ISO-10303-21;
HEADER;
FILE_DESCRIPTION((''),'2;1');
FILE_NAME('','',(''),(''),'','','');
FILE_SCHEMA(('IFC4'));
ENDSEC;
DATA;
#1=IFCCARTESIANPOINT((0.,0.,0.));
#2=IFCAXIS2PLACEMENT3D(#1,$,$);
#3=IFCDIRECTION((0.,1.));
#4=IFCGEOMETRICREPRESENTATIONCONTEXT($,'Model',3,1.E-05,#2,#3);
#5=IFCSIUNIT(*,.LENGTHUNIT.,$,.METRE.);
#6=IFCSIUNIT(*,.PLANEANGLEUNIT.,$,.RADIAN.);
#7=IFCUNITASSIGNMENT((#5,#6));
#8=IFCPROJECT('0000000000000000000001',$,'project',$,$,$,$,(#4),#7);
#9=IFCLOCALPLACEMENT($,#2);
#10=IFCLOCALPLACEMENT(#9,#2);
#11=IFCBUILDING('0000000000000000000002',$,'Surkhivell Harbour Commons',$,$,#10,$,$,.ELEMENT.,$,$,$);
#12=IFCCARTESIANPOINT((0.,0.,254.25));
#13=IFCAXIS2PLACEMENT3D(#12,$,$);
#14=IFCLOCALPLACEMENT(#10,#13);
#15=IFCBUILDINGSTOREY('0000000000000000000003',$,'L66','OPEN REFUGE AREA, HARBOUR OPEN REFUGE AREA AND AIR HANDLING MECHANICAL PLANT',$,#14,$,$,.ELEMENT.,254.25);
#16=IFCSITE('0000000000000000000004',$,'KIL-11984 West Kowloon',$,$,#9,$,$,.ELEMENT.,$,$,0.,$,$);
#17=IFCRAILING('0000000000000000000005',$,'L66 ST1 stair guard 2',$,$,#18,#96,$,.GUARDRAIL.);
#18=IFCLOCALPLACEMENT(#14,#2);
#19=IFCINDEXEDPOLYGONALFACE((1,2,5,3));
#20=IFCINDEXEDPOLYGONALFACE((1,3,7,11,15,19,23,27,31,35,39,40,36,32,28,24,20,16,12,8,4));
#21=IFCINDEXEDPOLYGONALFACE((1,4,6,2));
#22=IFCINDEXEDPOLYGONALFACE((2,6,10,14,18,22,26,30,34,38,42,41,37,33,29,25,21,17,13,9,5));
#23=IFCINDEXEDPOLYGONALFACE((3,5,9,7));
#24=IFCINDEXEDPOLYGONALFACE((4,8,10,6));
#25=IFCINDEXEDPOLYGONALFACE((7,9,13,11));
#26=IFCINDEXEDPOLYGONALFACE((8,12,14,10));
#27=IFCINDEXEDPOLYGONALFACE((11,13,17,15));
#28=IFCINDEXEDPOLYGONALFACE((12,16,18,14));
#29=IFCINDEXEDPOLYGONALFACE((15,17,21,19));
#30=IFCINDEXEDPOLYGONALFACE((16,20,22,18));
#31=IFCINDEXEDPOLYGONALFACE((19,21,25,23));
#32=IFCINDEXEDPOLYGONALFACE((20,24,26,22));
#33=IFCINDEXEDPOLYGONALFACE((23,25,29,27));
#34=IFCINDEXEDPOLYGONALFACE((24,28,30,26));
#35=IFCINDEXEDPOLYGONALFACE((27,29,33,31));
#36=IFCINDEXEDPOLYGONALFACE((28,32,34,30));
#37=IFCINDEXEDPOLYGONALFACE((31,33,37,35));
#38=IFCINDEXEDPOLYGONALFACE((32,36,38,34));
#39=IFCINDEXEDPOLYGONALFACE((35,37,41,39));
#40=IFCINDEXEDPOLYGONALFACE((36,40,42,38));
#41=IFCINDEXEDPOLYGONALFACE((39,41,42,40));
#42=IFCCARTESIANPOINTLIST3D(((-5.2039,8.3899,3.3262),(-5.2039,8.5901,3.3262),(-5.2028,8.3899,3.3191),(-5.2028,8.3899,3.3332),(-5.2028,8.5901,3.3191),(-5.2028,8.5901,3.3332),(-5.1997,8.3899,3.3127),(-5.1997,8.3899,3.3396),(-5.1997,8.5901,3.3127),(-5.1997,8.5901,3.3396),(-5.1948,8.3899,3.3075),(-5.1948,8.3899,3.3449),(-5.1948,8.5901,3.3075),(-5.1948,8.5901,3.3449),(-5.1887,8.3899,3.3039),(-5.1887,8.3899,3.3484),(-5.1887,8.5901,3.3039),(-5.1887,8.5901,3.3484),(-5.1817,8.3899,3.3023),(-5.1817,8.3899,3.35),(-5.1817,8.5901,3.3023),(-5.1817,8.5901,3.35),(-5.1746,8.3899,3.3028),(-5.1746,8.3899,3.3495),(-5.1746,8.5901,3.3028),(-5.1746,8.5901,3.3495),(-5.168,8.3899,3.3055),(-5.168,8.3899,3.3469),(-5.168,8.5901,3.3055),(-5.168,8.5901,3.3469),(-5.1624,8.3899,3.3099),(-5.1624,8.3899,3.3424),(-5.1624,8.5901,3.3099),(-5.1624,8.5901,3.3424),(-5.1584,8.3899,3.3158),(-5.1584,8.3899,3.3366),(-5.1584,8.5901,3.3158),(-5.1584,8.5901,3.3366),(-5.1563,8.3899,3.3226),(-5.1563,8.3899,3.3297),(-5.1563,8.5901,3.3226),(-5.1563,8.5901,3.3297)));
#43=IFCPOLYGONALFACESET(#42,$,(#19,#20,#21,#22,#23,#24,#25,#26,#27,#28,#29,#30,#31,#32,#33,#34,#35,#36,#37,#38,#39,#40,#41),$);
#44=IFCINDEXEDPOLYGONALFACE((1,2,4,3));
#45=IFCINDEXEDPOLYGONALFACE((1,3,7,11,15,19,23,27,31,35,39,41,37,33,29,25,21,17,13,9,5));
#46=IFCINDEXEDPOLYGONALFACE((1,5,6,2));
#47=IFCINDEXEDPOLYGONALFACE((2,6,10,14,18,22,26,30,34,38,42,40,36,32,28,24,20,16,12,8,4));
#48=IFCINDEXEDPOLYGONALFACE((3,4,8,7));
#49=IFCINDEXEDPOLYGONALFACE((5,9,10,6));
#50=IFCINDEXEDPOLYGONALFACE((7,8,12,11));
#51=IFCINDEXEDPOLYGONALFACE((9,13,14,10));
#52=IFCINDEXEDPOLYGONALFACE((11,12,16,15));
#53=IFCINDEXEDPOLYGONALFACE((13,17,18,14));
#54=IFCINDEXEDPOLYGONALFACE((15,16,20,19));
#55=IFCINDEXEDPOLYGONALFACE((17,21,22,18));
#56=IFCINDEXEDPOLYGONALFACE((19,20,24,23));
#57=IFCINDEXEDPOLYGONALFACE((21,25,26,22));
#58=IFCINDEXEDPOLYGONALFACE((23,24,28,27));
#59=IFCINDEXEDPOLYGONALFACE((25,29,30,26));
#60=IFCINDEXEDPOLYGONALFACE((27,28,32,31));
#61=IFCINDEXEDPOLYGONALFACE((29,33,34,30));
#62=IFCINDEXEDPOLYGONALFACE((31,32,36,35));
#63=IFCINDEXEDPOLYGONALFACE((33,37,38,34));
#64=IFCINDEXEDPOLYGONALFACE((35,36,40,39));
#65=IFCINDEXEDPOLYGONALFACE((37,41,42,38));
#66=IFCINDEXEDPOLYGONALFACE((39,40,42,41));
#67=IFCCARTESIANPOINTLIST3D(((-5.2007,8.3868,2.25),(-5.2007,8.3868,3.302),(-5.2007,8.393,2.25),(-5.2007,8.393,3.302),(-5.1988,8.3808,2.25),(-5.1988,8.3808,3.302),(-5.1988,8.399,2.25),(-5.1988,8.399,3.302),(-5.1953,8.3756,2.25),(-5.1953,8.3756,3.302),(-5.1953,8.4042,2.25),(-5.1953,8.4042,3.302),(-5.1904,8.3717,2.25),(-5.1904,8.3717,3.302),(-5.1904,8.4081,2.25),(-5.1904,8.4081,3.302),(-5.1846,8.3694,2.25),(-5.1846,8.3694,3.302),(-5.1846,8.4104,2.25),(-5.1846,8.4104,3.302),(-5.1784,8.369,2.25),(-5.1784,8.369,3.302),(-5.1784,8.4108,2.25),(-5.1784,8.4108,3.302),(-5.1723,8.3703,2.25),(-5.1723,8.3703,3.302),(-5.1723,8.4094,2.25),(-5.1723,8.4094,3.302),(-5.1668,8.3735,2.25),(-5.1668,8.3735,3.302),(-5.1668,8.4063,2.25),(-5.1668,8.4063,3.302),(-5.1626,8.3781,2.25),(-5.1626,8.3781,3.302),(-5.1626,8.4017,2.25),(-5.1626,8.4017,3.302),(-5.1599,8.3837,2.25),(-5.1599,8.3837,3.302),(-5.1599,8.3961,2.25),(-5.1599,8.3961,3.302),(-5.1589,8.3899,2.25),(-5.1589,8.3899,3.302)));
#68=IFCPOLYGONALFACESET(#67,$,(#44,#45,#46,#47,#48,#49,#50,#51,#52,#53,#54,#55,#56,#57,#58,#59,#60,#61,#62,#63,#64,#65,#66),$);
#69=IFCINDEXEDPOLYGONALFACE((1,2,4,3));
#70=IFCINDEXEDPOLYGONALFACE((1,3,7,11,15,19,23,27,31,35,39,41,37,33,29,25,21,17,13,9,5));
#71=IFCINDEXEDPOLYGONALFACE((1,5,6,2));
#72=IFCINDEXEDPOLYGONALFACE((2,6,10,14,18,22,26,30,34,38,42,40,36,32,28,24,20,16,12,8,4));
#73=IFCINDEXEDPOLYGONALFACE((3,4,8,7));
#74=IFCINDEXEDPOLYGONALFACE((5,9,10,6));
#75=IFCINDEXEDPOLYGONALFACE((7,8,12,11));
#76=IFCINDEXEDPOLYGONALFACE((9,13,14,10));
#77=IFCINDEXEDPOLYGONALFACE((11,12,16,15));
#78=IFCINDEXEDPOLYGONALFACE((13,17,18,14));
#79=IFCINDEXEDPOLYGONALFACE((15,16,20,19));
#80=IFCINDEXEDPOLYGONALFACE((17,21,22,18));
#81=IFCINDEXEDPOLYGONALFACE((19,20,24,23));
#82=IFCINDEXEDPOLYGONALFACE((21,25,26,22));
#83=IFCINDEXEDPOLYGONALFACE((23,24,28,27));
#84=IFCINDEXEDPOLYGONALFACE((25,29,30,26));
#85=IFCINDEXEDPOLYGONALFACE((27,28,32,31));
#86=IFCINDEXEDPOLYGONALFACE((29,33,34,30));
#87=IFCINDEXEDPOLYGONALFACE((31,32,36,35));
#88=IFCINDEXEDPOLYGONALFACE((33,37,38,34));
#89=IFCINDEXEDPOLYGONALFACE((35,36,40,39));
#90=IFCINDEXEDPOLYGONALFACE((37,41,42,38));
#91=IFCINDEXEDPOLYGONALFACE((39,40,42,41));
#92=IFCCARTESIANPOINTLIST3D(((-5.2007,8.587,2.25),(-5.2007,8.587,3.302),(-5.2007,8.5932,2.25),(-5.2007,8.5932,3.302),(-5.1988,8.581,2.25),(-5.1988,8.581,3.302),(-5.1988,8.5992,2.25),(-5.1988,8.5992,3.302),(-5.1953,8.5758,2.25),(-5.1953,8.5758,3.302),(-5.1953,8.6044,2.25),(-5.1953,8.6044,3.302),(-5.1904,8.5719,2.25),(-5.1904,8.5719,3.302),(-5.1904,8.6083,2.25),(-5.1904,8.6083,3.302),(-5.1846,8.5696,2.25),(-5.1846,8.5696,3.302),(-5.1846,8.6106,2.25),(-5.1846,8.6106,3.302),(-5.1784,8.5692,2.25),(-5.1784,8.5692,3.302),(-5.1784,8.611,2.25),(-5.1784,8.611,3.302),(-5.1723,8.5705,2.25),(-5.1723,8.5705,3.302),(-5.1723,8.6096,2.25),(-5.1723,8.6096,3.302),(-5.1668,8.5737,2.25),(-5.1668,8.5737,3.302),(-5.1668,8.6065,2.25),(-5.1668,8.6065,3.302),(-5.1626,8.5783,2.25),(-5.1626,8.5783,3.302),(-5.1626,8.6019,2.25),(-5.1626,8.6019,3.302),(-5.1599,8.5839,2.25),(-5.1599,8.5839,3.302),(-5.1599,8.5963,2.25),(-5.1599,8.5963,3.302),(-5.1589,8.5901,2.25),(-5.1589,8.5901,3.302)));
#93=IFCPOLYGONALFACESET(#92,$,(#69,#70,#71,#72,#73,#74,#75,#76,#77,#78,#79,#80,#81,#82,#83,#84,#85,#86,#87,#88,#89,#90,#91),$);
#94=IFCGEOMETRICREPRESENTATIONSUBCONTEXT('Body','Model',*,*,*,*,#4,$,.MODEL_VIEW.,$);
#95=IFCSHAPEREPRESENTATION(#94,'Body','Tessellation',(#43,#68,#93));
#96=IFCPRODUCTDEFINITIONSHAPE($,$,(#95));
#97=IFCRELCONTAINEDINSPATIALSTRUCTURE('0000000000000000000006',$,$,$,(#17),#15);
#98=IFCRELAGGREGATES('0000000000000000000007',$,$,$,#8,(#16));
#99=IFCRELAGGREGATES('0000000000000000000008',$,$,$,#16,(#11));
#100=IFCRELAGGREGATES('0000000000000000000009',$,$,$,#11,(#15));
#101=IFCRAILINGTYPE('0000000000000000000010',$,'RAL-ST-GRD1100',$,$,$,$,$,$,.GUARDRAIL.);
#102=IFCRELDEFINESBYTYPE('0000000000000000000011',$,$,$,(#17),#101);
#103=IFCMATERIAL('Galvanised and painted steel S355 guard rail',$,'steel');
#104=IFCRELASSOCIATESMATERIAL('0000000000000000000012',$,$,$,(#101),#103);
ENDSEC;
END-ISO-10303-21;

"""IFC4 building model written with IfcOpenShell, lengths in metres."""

from ifc_helpers import new_model, si_unit, direction, frame, origin, origin_2d, place, context, subcontext, project, spatial, circle, extrude, material, type_object, element, save


model = new_model("IFC4")

# Units and contexts
model_context = context("Model", 3, precision=1e-05, world=origin(), true_north=direction((0.0, 1.0)))
body_context = subcontext(model_context, "Body", "Model", "MODEL_VIEW")
ifc_project = project(units=[si_unit("LENGTHUNIT", "METRE"), si_unit("PLANEANGLEUNIT", "RADIAN")], contexts=[model_context])

# Site, building, storey
site_placement = place(None, origin())
site = spatial("IfcSite", under=ifc_project, at=site_placement, Name="KIL-11984 West Kowloon", CompositionType="ELEMENT", RefElevation=0.0)
building_placement = place(site_placement, origin())
building = spatial("IfcBuilding", under=site, at=building_placement, Name="Surkhivell Harbour Commons", CompositionType="ELEMENT")
storey_placement = place(building_placement, frame((0.0, 0.0, 254.25)))
storey = spatial("IfcBuildingStorey", under=building, at=storey_placement, Name="L66", Description="OPEN REFUGE AREA, HARBOUR OPEN REFUGE AREA AND AIR HANDLING MECHANICAL PLANT", CompositionType="ELEMENT", Elevation=254.25)

# Railing
ifc_material_1 = material(Name="Galvanised and painted steel S355 guard rail", Category="steel")
railing_type_1 = type_object("IfcRailingType", Name="RAL-ST-GRD1100", PredefinedType="GUARDRAIL", material=ifc_material_1)
railing_1_placement = place(storey_placement, frame((-5.1799, 8.3899, 2.25)))
element("IfcRailing", 1, at=railing_1_placement, inside=storey, type_object=railing_type_1, Name="L66 ST1 stair guard 2", PredefinedType="GUARDRAIL", context=body_context, shape_type="SweptSolid", body=[
    extrude(circle(Radius=0.0239, at=origin_2d()), frame((0.0, 0.0, 1.0762), z_axis=(0.0, 1.0, 0.0), x_axis=(-1.0, 0.0, 0.0)), (0.0, 0.0, 1.0), 0.2002),
    extrude(circle(Radius=0.021, at=origin_2d()), origin(), (0.0, 0.0, 1.0), 1.052),
    extrude(circle(Radius=0.021, at=origin_2d()), frame((0.0, 0.2002, 0.0)), (0.0, 0.0, 1.0), 1.052),
])

save(model, "model.ifc")
